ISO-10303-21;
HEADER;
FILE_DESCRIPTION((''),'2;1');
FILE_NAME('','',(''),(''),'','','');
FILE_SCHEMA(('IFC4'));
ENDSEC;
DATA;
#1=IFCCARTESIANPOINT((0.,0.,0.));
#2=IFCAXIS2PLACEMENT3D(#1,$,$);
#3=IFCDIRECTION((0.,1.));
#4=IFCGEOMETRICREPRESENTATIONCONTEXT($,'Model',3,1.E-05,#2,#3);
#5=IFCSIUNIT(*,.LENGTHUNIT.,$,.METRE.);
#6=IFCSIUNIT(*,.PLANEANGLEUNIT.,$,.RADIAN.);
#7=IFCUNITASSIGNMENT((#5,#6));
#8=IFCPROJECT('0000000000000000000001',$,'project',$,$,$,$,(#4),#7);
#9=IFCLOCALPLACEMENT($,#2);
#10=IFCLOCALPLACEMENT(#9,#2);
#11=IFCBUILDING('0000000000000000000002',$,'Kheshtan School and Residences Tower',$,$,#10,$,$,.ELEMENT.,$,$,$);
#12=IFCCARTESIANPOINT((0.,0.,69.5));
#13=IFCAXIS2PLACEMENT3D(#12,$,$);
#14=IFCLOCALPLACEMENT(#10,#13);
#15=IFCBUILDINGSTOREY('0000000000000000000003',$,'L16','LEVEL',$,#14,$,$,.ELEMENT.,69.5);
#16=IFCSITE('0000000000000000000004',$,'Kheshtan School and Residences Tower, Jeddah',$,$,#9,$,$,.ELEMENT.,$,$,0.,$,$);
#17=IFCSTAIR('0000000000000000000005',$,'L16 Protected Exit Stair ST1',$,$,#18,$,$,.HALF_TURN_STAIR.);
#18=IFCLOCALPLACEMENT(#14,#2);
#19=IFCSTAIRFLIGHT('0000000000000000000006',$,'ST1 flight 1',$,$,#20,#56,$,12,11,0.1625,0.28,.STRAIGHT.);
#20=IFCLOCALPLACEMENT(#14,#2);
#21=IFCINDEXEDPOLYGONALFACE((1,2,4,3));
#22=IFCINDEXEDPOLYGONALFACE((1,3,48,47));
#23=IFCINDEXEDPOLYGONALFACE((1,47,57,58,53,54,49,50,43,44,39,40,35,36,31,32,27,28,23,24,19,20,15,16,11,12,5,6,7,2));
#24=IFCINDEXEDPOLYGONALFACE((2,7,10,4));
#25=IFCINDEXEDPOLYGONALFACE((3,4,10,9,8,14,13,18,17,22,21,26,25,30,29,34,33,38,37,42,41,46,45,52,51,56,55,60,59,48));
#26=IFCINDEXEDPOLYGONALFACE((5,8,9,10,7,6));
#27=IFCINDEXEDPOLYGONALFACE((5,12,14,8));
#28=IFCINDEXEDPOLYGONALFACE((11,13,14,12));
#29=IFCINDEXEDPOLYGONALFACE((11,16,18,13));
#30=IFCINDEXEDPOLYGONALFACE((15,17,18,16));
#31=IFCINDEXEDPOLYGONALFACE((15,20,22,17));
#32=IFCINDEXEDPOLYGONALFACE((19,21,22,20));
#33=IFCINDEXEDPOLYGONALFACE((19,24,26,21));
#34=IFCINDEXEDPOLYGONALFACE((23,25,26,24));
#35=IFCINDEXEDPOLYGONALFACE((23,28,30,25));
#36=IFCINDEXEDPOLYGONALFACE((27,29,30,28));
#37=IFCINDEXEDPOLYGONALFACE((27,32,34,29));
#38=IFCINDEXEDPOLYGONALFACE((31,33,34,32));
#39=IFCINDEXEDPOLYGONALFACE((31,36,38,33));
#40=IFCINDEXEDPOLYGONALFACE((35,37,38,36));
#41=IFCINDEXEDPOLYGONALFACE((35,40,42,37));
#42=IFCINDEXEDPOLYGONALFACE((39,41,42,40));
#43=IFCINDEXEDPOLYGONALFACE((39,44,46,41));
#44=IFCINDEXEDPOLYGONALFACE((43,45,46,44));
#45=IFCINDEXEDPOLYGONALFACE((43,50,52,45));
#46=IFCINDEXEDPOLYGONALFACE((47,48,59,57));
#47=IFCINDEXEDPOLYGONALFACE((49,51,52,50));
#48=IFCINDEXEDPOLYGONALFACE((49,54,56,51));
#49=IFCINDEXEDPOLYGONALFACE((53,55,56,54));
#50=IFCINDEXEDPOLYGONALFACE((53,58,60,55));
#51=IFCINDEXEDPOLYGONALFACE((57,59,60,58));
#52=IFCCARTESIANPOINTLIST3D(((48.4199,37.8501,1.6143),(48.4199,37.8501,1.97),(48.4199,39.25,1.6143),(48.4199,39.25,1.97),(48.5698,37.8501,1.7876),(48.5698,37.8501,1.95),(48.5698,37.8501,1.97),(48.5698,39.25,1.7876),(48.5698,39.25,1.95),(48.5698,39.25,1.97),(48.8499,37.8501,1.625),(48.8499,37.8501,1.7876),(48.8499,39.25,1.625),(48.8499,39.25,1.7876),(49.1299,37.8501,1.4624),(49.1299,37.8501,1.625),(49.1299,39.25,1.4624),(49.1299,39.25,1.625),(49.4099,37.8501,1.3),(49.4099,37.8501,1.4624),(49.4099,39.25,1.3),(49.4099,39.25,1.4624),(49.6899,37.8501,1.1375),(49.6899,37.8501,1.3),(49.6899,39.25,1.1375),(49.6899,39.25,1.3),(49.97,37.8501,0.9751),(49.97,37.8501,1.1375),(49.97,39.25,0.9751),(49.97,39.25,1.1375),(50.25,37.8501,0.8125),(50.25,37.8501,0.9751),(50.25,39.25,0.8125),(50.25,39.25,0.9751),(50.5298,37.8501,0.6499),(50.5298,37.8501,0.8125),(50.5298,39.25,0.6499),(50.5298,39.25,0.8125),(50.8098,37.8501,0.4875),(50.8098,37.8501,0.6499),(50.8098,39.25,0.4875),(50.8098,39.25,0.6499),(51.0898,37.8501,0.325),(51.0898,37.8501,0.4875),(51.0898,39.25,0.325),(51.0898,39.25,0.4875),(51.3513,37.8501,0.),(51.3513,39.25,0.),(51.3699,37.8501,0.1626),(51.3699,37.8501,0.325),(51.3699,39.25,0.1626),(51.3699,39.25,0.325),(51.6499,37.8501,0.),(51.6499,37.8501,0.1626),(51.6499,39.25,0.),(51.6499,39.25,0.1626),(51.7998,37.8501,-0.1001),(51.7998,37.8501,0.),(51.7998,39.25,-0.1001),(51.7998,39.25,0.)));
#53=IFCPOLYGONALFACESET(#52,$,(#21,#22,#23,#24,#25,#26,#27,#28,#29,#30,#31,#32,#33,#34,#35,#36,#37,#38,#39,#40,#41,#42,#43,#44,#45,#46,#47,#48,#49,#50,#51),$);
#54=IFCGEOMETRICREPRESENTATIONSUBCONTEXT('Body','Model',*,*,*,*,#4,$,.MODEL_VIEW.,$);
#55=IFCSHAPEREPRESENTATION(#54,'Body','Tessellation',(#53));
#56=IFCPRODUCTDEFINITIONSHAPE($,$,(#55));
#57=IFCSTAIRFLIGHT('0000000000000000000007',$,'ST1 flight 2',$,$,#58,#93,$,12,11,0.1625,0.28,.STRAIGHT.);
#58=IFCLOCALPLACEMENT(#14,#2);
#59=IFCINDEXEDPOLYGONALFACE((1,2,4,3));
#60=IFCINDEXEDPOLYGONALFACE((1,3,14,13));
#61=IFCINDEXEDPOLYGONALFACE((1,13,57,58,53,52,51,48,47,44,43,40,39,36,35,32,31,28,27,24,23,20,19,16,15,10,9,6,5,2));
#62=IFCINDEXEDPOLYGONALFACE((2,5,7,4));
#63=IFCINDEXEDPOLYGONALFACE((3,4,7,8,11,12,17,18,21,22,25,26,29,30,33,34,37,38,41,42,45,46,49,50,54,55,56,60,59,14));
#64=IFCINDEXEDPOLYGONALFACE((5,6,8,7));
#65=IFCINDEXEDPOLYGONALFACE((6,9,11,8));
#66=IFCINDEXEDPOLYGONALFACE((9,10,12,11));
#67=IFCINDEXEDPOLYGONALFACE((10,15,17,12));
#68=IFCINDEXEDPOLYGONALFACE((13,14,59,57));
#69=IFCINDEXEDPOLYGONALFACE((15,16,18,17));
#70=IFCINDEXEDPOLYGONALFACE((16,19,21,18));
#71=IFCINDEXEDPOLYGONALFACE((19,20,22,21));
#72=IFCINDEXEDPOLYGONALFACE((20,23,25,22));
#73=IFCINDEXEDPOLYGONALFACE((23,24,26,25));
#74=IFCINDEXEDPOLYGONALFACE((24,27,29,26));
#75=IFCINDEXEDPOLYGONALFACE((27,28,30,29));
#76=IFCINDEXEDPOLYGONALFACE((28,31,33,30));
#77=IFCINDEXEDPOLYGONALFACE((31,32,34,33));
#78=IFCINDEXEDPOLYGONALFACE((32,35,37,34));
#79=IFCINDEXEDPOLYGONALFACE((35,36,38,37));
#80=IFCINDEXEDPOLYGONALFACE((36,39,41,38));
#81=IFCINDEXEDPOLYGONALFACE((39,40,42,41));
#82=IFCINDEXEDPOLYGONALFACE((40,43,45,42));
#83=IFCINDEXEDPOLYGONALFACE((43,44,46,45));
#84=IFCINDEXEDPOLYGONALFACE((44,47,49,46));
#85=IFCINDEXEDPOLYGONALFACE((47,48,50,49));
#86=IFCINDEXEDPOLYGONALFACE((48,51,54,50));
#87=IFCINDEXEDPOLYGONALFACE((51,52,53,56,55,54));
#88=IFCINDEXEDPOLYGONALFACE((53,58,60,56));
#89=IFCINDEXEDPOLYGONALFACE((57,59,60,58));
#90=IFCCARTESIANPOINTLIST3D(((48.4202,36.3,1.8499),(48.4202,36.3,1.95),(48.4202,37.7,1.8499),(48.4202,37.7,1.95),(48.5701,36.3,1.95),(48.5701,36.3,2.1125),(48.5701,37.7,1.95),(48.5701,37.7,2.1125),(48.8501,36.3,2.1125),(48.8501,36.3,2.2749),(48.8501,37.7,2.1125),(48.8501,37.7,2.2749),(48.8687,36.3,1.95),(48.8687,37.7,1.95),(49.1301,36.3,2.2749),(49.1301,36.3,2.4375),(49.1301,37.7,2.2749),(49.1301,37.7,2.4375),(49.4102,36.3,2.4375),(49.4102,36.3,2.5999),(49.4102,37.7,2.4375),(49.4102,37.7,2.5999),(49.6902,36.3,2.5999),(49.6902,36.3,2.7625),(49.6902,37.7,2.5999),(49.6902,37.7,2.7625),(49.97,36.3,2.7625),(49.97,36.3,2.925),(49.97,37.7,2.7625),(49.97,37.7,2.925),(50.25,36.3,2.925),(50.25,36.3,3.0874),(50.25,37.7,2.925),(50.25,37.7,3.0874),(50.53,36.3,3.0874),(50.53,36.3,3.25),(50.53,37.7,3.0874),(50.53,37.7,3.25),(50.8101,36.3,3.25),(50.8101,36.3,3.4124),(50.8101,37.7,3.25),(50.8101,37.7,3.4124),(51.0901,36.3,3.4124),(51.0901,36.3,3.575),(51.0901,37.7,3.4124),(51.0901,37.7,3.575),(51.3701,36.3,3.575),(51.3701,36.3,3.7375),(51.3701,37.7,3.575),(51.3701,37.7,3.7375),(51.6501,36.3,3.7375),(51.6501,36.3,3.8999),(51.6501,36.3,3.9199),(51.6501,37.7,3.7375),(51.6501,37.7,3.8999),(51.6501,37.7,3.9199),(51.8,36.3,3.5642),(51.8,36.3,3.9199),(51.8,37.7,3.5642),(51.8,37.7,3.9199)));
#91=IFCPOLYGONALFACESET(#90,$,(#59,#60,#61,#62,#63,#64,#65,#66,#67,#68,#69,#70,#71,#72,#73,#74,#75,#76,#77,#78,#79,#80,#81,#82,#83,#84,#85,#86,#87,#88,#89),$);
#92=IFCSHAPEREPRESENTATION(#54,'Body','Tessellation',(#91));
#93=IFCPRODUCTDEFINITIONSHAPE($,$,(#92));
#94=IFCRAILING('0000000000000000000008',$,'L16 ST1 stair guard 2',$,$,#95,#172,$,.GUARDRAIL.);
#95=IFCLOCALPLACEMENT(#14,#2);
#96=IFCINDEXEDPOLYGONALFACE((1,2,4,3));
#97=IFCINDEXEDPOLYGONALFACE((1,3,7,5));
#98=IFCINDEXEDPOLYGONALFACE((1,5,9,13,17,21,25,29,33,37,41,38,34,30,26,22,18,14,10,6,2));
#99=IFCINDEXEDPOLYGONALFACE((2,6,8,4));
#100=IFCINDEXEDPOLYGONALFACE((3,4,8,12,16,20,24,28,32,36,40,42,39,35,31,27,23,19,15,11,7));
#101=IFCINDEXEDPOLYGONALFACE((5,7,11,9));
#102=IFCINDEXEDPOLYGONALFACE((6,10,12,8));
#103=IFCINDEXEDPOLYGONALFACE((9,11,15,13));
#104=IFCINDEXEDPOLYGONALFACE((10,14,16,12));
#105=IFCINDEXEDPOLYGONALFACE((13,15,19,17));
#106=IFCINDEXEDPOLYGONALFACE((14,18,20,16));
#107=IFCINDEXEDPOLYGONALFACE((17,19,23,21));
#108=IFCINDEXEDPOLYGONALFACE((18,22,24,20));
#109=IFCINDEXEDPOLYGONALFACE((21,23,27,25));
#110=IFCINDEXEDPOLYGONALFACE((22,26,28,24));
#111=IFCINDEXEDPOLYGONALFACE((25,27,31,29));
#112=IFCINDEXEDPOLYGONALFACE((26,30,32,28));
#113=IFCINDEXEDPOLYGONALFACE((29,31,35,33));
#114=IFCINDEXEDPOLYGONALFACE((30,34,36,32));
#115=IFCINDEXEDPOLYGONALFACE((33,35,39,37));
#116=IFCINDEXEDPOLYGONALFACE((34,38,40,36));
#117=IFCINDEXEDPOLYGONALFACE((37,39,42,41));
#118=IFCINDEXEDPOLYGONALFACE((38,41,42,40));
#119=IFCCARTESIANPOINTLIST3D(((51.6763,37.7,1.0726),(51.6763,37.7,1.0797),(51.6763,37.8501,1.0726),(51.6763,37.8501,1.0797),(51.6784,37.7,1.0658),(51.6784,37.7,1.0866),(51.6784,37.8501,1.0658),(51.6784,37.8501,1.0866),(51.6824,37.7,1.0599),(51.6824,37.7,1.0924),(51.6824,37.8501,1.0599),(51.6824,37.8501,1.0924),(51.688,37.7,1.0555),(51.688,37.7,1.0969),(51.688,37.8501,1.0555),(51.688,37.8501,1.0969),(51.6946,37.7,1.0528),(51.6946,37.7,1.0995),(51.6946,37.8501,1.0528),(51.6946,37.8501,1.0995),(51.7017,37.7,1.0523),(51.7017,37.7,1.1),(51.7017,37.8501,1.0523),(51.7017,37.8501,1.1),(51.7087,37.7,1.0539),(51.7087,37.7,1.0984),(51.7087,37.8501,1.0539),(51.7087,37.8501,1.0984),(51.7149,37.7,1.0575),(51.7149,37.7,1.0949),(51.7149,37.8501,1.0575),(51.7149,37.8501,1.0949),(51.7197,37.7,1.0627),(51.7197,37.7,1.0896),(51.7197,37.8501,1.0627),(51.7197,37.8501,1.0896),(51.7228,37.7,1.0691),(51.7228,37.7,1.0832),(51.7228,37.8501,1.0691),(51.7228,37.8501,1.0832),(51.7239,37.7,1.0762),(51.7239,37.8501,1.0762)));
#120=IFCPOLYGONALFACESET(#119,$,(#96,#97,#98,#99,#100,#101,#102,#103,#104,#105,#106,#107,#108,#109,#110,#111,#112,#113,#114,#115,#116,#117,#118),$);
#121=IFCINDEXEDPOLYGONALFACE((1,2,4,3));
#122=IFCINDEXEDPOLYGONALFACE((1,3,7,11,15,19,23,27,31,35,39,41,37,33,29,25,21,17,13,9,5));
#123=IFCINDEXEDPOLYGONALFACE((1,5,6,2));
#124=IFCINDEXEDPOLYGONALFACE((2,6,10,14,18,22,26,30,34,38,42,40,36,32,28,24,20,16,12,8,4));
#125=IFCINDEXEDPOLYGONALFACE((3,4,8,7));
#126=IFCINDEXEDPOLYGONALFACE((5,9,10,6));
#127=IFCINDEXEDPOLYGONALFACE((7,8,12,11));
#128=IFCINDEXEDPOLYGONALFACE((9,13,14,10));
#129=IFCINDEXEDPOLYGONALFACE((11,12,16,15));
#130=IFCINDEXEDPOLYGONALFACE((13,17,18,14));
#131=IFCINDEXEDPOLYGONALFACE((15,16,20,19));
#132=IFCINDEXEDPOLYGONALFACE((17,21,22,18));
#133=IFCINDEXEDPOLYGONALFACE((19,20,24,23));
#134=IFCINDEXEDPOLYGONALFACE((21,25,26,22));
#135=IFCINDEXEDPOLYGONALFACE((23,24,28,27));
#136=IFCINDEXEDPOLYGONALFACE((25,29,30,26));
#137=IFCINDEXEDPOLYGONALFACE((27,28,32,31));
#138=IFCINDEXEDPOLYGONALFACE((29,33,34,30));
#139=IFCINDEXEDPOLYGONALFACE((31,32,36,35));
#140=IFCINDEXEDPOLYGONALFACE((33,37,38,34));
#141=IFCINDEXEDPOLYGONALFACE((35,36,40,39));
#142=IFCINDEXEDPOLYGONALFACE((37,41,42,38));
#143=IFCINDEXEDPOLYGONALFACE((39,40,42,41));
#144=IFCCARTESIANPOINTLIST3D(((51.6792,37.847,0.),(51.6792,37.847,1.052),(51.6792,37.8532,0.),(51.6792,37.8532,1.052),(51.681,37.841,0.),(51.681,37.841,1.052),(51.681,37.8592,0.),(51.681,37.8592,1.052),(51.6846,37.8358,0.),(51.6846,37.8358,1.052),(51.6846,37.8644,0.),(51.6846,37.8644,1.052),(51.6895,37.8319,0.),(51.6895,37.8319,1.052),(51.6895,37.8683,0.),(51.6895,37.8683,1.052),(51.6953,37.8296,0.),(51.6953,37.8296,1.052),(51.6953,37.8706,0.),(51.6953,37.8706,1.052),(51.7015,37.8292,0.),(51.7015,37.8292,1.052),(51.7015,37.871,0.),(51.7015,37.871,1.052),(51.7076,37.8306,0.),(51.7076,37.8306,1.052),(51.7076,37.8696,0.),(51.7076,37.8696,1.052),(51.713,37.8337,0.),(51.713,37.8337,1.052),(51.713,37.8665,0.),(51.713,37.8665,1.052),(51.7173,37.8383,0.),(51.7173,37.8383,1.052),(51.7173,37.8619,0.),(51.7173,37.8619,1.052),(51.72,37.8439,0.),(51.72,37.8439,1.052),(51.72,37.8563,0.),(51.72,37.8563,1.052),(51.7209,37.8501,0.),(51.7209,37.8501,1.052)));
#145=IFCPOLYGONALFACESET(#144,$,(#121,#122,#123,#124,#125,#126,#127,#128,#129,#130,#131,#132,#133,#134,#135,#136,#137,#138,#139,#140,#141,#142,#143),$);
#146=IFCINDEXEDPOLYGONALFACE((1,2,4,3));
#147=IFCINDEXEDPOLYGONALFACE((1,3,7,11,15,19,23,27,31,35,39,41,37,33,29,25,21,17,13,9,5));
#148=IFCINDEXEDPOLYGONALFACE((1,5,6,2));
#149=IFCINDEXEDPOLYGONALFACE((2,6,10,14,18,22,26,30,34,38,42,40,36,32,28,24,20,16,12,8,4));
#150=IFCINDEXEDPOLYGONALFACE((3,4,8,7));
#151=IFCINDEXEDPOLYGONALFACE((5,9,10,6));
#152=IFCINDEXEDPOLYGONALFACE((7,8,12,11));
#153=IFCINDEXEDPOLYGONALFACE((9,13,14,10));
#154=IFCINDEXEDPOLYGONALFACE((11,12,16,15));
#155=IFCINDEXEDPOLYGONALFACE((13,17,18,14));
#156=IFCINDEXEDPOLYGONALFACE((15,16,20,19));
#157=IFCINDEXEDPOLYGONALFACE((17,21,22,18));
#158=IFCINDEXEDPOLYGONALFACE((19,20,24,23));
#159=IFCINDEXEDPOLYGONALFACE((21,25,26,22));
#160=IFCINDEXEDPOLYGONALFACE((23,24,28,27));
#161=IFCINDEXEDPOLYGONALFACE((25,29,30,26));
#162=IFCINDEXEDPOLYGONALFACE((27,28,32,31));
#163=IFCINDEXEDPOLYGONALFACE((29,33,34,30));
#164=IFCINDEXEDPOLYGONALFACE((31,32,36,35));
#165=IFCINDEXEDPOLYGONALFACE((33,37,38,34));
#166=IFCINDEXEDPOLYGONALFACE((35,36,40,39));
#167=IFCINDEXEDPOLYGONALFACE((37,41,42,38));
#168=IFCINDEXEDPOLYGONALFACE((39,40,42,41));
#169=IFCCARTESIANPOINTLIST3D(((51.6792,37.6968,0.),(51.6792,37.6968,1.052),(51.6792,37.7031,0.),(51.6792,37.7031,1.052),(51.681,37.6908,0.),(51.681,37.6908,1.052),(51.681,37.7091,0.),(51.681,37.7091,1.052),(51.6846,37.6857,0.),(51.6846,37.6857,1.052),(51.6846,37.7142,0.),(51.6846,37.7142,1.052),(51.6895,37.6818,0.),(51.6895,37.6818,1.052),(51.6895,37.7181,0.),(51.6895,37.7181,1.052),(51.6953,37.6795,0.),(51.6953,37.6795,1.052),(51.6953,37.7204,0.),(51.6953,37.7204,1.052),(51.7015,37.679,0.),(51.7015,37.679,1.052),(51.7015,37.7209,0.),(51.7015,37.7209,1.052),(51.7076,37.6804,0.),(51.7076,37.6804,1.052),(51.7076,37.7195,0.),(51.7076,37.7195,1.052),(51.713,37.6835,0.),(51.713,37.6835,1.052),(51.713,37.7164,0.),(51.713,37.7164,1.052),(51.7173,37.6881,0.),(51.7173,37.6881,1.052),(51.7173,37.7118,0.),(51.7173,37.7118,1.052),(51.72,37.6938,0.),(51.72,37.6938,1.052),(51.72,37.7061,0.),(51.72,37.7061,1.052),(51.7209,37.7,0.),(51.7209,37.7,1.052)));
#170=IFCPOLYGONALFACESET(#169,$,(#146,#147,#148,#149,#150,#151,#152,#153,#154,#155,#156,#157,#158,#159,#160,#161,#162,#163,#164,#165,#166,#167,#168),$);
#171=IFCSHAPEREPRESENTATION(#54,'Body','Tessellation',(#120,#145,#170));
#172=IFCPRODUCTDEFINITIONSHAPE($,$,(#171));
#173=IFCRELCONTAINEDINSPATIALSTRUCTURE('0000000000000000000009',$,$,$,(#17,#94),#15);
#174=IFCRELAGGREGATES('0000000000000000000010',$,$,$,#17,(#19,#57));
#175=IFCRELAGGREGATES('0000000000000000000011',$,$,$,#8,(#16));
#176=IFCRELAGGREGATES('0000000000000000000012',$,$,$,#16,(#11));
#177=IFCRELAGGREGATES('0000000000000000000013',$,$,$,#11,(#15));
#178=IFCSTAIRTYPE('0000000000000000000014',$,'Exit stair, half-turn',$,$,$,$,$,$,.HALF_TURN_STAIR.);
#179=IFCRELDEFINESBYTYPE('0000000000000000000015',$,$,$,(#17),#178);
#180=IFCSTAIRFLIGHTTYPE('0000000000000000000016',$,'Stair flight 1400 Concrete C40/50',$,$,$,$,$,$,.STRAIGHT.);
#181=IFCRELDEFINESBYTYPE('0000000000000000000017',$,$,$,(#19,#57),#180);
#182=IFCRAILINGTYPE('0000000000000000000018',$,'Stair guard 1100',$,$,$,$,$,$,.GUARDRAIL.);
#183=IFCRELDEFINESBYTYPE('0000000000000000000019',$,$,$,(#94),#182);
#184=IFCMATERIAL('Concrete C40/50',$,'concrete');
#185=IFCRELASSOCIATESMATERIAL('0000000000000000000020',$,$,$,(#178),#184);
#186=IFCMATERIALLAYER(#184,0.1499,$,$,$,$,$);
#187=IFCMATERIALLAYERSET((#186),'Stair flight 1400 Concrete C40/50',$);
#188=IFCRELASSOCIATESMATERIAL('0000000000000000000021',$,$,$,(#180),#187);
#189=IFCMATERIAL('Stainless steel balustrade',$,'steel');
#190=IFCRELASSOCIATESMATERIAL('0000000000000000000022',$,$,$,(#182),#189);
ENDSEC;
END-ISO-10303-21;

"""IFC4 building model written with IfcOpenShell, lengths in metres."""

from ifc_helpers import new_model, si_unit, direction, frame, origin, origin_2d, place, context, subcontext, project, spatial, polyline, circle, outline, extrude, material, layer, layer_set, type_object, element, aggregate, save


model = new_model("IFC4")

# Units and contexts
model_context = context("Model", 3, precision=1e-05, world=origin(), true_north=direction((0.0, 1.0)))
body_context = subcontext(model_context, "Body", "Model", "MODEL_VIEW")
ifc_project = project(units=[si_unit("LENGTHUNIT", "METRE"), si_unit("PLANEANGLEUNIT", "RADIAN")], contexts=[model_context])

# Site, building, storey
site_placement = place(None, origin())
site = spatial("IfcSite", under=ifc_project, at=site_placement, Name="Kheshtan School and Residences Tower, Jeddah", CompositionType="ELEMENT", RefElevation=0.0)
building_placement = place(site_placement, origin())
building = spatial("IfcBuilding", under=site, at=building_placement, Name="Kheshtan School and Residences Tower", CompositionType="ELEMENT")
storey_placement = place(building_placement, frame((0.0, 0.0, 69.5)))
storey = spatial("IfcBuildingStorey", under=building, at=storey_placement, Name="L16", Description="LEVEL", CompositionType="ELEMENT", Elevation=69.5)

# Shared definitions
ifc_material_1 = material(Name="Concrete C40/50", Category="concrete")

# Stair, stair flights
stair_type = type_object("IfcStairType", Name="Exit stair, half-turn", PredefinedType="HALF_TURN_STAIR", material=ifc_material_1)
stair_placement = place(storey_placement, origin())
stair = element("IfcStair", 1, at=stair_placement, inside=storey, type_object=stair_type, Name="L16 Protected Exit Stair ST1", PredefinedType="HALF_TURN_STAIR")
ifc_layer_1 = layer(ifc_material_1, 0.1499)
ifc_layer_set_1 = layer_set([ifc_layer_1], Name="Stair flight 1400 Concrete C40/50")
stair_flight_type = type_object("IfcStairFlightType", Name="Stair flight 1400 Concrete C40/50", PredefinedType="STRAIGHT", material=ifc_layer_set_1)
stair_flight_1_placement = place(storey_placement, frame((51.6499, 38.55, 0.0), z_axis=(0.0, 0.0, 1.0), x_axis=(-1.0, 0.0, 0.0)))
stair_flight_1 = element("IfcStairFlight", 2, at=stair_flight_1_placement, type_object=stair_flight_type, Name="ST1 flight 1", NumberOfRisers=12, NumberOfTreads=11, PredefinedType="STRAIGHT", RiserHeight=0.1625, TreadLength=0.28, context=body_context, shape_type="SweptSolid", body=[
    extrude(outline(polyline([(-0.1499, -0.1001), (-0.1499, 0.0), (0.0, 0.0), (0.0, 0.1626), (0.28, 0.1626), (0.28, 0.325), (0.5601, 0.325), (0.5601, 0.4875), (0.8401, 0.4875), (0.8401, 0.6499), (1.1201, 0.6499), (1.1201, 0.8125), (1.3999, 0.8125), (1.3999, 0.9751), (1.6799, 0.9751), (1.6799, 1.1375), (1.96, 1.1375), (1.96, 1.3), (2.24, 1.3), (2.24, 1.4624), (2.52, 1.4624), (2.52, 1.625), (2.8, 1.625), (2.8, 1.7876), (3.0801, 1.7876), (3.0801, 1.95), (3.0801, 1.97), (3.23, 1.97), (3.23, 1.6143), (0.2986, 0.0), (-0.1499, -0.1001)])), frame((0.0, 0.7, 0.0), z_axis=(0.0, -1.0, 0.0), x_axis=(1.0, 0.0, 0.0)), (0.0, 0.0, 1.0), 1.3999),
])
stair_flight_2_placement = place(storey_placement, frame((48.5701, 37.0, 1.95), z_axis=(0.0, 0.0, 1.0), x_axis=(1.0, 0.0, 0.0)))
stair_flight_2 = element("IfcStairFlight", 3, at=stair_flight_2_placement, type_object=stair_flight_type, Name="ST1 flight 2", NumberOfRisers=12, NumberOfTreads=11, PredefinedType="STRAIGHT", RiserHeight=0.1625, TreadLength=0.28, context=body_context, shape_type="SweptSolid", body=[
    extrude(outline(polyline([(-0.1499, -0.1001), (-0.1499, 0.0), (0.0, 0.0), (0.0, 0.1626), (0.28, 0.1626), (0.28, 0.325), (0.5601, 0.325), (0.5601, 0.4875), (0.8401, 0.4875), (0.8401, 0.6499), (1.1201, 0.6499), (1.1201, 0.8125), (1.3999, 0.8125), (1.3999, 0.9751), (1.6799, 0.9751), (1.6799, 1.1375), (1.96, 1.1375), (1.96, 1.3), (2.24, 1.3), (2.24, 1.4624), (2.52, 1.4624), (2.52, 1.625), (2.8, 1.625), (2.8, 1.7876), (3.0801, 1.7876), (3.0801, 1.95), (3.0801, 1.97), (3.23, 1.97), (3.23, 1.6143), (0.2986, 0.0), (-0.1499, -0.1001)])), frame((0.0, 0.7, 0.0), z_axis=(0.0, -1.0, 0.0), x_axis=(1.0, 0.0, 0.0)), (0.0, 0.0, 1.0), 1.3999),
])
aggregate(stair, [stair_flight_1, stair_flight_2])

# Railing
ifc_material_2 = material(Name="Stainless steel balustrade", Category="steel")
railing_type_1 = type_object("IfcRailingType", Name="Stair guard 1100", PredefinedType="GUARDRAIL", material=ifc_material_2)
railing_1_placement = place(storey_placement, frame((51.7, 37.8501, 0.0)))
element("IfcRailing", 4, at=railing_1_placement, inside=storey, type_object=railing_type_1, Name="L16 ST1 stair guard 2", PredefinedType="GUARDRAIL", context=body_context, shape_type="SweptSolid", body=[
    extrude(circle(Radius=0.0239, at=origin_2d()), frame((0.0, 0.0, 1.0762), z_axis=(0.0, -1.0, 0.0), x_axis=(1.0, 0.0, 0.0)), (0.0, 0.0, 1.0), 0.1501),
    extrude(circle(Radius=0.021, at=origin_2d()), origin(), (0.0, 0.0, 1.0), 1.052),
    extrude(circle(Radius=0.021, at=origin_2d()), frame((0.0, -0.1501, 0.0)), (0.0, 0.0, 1.0), 1.052),
])

save(model, "model.ifc")
